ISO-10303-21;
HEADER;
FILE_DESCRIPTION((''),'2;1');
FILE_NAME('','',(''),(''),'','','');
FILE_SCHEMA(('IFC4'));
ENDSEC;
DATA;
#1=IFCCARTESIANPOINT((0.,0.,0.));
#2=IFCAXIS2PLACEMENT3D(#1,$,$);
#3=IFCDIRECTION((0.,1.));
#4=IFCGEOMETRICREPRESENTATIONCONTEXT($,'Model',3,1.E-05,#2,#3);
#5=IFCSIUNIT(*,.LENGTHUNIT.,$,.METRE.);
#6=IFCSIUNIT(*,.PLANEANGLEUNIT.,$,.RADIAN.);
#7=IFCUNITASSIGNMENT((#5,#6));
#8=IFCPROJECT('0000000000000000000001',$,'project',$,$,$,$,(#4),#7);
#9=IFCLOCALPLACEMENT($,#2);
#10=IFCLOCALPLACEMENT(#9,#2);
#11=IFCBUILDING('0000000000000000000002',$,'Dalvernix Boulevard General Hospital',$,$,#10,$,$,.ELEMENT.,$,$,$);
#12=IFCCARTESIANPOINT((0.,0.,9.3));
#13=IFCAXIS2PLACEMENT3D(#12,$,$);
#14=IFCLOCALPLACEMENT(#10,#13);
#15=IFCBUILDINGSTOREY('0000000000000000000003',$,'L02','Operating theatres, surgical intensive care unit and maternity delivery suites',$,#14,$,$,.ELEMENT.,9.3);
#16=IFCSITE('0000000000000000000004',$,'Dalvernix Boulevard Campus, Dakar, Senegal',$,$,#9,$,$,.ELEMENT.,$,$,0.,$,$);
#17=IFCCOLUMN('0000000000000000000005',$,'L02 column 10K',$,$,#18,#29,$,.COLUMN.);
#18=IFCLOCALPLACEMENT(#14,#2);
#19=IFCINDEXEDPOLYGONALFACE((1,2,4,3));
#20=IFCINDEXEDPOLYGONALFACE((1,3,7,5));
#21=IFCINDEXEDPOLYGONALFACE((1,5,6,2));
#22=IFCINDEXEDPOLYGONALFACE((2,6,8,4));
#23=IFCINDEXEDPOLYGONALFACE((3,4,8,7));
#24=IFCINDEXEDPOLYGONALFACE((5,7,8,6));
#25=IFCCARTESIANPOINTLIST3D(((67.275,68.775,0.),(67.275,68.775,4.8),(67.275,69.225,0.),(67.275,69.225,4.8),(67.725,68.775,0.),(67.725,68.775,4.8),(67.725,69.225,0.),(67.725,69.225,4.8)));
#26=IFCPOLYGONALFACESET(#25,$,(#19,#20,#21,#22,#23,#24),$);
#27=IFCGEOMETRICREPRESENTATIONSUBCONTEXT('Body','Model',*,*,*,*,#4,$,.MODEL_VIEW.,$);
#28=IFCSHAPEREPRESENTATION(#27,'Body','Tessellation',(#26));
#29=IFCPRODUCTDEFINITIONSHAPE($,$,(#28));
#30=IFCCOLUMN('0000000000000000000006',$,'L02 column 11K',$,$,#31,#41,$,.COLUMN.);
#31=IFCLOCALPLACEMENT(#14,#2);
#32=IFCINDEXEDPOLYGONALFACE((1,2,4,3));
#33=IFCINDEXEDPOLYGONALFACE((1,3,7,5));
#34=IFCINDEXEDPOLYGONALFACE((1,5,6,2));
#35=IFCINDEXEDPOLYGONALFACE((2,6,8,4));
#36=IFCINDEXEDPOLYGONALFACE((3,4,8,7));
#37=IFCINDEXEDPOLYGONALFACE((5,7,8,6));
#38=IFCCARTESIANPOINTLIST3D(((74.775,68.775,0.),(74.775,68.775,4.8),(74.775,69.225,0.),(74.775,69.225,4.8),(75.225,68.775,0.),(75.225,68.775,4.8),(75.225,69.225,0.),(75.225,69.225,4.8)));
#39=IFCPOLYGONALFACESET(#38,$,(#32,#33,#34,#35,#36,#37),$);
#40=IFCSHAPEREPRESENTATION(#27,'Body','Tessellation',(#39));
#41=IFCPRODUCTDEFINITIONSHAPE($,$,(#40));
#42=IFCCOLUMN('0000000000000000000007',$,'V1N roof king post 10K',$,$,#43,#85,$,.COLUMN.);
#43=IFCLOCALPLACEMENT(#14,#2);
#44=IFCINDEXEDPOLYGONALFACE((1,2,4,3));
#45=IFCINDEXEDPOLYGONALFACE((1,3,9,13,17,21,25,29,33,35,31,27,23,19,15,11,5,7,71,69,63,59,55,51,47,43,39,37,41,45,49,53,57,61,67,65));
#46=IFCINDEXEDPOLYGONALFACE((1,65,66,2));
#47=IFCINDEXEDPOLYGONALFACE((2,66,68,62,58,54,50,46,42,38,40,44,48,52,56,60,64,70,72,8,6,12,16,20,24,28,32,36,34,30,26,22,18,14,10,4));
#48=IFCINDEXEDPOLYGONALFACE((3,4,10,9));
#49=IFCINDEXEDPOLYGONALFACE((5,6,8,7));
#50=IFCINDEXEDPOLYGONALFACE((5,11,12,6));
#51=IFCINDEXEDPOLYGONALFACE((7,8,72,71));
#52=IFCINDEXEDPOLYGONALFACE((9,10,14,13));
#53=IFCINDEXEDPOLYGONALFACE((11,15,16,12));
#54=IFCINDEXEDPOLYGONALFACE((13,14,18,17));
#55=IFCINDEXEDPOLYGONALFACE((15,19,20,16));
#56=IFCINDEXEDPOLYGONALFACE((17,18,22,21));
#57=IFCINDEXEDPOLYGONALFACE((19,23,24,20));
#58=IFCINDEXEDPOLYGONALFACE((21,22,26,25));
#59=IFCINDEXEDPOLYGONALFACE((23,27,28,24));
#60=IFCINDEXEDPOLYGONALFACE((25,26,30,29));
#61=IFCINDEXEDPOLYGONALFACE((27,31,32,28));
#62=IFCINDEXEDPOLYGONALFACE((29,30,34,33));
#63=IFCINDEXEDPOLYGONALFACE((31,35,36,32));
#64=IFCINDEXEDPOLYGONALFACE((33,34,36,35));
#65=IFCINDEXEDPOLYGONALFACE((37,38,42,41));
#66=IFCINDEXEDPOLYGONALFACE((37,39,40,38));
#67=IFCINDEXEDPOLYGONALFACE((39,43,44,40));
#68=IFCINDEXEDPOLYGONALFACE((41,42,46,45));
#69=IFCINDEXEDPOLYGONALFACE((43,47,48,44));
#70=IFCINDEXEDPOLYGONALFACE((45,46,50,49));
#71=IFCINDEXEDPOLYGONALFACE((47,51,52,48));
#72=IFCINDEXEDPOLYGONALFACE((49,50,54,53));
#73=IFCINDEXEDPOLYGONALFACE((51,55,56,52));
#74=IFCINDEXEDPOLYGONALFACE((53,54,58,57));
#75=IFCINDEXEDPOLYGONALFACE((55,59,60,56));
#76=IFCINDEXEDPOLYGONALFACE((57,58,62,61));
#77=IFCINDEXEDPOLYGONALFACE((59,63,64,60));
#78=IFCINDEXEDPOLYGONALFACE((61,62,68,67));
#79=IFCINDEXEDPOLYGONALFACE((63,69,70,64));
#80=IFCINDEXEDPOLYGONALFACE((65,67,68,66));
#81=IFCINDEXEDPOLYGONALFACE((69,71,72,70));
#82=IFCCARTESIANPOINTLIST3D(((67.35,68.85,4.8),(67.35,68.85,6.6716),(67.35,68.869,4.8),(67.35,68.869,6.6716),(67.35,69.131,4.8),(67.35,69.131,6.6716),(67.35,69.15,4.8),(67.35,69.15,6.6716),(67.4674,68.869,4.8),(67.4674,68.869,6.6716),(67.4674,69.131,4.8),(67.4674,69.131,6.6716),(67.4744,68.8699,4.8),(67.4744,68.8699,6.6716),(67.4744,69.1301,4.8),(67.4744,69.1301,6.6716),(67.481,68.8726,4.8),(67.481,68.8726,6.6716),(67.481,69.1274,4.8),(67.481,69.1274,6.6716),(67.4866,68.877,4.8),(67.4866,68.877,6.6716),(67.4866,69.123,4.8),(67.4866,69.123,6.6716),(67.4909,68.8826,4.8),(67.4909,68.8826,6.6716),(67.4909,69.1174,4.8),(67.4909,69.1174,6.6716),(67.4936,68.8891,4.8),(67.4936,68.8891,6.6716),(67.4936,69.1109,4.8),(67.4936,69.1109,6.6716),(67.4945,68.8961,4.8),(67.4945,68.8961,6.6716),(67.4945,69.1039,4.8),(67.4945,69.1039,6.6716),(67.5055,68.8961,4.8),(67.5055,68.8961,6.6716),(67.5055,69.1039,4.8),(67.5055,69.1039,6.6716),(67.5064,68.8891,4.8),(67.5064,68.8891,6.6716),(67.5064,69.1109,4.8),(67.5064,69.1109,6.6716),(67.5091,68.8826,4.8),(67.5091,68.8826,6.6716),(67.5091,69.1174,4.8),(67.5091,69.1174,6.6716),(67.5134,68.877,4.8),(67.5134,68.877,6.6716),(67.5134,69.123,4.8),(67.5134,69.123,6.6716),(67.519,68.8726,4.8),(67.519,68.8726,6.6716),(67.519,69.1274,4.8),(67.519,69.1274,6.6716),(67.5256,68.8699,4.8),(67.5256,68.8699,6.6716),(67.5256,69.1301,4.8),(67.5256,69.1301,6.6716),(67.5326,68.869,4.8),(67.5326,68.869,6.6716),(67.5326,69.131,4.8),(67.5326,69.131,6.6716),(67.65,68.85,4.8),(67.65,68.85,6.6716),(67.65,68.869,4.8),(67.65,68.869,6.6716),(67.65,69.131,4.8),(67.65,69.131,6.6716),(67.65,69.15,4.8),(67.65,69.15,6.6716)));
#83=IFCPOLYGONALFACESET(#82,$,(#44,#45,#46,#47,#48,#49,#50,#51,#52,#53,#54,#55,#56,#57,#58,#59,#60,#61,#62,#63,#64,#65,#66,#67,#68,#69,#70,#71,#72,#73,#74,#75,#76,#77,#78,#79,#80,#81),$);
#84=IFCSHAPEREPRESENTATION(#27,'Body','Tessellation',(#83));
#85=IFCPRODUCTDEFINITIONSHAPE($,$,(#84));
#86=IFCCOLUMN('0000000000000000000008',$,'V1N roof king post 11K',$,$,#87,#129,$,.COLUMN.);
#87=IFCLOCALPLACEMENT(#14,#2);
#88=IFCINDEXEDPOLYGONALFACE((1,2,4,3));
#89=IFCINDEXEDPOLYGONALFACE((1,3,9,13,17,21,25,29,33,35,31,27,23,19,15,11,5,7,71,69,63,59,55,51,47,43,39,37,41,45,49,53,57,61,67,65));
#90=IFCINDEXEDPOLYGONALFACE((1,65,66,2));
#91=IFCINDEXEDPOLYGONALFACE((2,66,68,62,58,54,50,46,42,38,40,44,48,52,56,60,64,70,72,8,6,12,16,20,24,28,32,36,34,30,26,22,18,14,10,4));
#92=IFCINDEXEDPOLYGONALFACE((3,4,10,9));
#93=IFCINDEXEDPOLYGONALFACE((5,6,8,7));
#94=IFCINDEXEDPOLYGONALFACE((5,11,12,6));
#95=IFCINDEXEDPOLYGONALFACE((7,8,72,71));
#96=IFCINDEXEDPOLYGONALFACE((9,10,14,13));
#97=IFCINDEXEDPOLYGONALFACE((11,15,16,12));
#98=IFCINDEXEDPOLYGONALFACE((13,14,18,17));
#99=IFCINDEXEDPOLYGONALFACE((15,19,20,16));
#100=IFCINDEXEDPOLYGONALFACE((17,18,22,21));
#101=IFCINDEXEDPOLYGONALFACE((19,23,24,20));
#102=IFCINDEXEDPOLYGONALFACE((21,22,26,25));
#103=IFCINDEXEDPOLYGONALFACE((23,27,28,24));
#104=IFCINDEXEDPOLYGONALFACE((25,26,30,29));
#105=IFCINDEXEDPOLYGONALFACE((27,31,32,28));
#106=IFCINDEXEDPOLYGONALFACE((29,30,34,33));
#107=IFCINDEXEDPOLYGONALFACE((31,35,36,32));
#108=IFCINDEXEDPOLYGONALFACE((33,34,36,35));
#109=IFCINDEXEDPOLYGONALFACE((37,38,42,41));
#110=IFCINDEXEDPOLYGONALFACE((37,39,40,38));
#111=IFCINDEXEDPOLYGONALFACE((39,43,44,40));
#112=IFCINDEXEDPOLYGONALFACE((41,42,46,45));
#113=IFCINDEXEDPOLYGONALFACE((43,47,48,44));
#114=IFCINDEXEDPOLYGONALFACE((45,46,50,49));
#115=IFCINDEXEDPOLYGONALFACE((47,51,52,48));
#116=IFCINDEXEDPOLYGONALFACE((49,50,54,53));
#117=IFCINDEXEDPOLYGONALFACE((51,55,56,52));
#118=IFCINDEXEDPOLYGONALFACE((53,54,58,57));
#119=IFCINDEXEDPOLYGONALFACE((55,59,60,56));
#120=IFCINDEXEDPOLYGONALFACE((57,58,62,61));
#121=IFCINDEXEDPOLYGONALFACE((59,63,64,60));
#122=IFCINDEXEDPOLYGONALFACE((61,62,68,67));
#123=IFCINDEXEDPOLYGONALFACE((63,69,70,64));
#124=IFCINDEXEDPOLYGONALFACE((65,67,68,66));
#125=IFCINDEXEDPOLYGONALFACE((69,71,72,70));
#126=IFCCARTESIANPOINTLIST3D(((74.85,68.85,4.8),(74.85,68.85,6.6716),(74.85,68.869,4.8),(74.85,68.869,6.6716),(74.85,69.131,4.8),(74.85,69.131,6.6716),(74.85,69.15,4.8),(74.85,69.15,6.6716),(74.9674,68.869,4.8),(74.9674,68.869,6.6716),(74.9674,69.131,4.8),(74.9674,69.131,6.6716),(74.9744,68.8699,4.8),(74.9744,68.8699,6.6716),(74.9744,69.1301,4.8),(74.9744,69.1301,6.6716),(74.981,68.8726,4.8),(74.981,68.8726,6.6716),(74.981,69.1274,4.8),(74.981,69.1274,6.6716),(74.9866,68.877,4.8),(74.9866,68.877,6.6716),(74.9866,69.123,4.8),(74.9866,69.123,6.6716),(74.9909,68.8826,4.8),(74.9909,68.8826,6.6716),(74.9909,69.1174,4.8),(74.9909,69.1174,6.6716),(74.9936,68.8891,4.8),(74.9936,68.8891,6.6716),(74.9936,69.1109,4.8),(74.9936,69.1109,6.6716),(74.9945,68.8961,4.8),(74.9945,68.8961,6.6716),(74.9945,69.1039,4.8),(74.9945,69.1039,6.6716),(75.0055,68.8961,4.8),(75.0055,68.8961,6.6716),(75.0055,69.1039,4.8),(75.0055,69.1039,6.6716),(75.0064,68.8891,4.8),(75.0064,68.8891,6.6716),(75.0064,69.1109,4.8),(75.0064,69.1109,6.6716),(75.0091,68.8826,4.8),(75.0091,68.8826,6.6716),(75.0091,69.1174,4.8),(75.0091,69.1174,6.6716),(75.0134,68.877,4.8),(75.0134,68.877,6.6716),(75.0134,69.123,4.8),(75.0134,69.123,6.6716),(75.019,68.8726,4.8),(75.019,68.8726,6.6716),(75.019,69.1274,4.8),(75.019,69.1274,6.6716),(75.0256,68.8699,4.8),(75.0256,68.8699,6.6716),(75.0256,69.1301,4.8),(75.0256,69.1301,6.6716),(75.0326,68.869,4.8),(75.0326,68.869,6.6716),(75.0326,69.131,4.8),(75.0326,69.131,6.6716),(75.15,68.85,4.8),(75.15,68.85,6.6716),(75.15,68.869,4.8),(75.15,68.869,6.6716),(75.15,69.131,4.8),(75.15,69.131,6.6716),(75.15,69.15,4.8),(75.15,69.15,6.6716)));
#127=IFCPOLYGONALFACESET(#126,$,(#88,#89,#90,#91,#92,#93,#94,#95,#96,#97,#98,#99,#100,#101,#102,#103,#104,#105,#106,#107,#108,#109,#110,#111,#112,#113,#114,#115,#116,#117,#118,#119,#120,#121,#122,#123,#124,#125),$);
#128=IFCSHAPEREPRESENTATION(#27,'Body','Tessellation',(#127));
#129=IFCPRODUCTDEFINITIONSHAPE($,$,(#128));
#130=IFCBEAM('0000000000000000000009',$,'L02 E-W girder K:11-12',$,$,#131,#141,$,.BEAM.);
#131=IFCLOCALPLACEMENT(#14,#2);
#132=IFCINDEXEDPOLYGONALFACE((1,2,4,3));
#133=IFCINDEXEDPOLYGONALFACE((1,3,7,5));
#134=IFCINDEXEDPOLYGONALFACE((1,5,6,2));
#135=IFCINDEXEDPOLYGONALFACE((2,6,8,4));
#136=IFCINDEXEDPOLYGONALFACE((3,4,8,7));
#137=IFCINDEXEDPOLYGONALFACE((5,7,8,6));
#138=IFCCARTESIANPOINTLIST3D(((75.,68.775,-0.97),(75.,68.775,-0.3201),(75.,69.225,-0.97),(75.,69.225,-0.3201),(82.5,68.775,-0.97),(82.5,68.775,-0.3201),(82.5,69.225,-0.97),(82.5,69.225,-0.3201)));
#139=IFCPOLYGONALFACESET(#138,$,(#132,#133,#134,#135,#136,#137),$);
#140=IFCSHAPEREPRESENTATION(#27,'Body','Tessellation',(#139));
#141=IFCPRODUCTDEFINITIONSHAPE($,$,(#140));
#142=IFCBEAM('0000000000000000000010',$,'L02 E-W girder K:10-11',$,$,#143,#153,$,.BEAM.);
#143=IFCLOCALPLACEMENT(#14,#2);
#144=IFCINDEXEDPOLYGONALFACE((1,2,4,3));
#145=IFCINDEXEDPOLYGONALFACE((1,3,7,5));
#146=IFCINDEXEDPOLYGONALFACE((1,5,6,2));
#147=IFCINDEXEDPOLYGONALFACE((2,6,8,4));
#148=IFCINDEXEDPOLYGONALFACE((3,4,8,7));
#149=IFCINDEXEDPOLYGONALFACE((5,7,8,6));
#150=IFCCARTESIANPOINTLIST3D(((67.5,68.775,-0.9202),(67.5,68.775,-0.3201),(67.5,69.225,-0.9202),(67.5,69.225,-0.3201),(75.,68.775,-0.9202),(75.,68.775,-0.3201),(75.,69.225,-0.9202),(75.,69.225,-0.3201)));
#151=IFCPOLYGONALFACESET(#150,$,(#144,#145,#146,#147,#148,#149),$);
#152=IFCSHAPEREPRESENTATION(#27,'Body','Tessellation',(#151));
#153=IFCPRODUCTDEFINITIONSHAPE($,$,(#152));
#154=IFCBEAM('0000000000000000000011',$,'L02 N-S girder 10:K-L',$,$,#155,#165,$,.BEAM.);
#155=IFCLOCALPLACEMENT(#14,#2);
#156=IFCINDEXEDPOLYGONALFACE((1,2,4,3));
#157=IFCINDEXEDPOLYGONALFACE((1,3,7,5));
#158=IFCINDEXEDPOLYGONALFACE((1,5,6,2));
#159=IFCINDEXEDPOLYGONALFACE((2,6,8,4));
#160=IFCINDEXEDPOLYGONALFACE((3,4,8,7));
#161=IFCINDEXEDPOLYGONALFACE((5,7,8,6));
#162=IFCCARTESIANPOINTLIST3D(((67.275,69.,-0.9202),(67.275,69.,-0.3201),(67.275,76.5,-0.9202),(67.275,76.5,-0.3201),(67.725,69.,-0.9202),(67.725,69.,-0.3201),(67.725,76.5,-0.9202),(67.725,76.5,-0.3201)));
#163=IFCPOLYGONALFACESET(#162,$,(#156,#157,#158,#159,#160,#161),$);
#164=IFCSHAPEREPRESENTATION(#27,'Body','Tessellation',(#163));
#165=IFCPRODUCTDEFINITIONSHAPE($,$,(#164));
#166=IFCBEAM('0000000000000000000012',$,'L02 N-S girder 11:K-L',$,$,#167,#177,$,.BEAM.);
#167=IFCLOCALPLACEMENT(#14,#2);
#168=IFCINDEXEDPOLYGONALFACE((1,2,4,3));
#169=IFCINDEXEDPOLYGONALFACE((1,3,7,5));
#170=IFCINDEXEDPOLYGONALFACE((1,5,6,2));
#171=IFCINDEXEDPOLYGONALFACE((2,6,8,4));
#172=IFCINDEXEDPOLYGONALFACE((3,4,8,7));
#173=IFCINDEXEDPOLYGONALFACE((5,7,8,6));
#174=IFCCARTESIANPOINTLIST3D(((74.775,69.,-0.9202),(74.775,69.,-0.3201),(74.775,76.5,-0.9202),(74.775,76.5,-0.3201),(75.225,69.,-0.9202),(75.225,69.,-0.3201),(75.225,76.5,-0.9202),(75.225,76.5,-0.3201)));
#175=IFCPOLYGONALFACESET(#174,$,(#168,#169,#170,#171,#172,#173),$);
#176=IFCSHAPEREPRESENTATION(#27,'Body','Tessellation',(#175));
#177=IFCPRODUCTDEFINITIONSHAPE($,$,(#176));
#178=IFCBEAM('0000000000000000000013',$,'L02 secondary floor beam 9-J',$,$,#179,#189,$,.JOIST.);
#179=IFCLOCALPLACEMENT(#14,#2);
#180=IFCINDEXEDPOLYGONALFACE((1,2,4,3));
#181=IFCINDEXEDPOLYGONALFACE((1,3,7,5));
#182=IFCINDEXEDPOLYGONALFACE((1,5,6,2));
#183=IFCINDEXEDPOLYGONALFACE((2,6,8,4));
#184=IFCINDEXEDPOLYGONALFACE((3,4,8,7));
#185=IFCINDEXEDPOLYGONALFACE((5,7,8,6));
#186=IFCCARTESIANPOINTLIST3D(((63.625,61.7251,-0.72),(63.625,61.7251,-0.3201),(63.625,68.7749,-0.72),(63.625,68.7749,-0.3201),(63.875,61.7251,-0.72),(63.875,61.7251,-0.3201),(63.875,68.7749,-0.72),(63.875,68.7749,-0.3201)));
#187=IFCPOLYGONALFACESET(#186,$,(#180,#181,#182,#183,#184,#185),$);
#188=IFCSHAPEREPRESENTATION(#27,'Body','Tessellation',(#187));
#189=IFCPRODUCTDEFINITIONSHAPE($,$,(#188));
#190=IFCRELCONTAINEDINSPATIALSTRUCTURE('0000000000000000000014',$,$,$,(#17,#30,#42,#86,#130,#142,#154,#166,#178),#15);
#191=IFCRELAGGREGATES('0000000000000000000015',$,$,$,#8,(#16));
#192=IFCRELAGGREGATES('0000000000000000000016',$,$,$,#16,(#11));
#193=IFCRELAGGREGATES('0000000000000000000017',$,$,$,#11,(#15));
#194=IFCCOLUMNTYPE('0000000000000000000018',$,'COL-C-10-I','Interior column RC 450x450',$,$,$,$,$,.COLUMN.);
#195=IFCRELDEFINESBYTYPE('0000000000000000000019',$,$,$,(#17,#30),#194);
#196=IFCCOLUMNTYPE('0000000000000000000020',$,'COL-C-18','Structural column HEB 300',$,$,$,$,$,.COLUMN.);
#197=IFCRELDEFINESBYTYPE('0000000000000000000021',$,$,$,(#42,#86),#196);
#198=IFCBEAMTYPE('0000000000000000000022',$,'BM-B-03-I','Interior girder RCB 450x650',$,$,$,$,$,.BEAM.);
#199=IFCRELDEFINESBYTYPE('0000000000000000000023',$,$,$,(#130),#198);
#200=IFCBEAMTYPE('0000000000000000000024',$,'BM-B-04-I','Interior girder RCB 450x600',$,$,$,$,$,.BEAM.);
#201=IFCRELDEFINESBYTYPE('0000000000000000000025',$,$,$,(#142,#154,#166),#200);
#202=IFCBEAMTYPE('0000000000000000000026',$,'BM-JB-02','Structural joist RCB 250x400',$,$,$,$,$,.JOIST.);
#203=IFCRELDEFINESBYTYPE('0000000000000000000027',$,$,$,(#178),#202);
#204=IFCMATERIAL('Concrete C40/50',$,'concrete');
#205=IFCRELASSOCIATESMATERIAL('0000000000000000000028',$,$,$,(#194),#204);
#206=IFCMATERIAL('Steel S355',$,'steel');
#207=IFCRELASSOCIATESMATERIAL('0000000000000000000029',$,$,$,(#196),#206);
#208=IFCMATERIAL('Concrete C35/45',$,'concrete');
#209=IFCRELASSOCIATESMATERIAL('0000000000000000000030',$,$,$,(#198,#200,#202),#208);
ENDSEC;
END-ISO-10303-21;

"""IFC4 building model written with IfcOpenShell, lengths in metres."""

from ifc_helpers import new_model, si_unit, direction, frame, origin, origin_2d, place, context, subcontext, project, spatial, rectangle, i_section, extrude, material, material_profile, profile_set, type_object, element, save


model = new_model("IFC4")

# Units and contexts
model_context = context("Model", 3, precision=1e-05, world=origin(), true_north=direction((0.0, 1.0)))
body_context = subcontext(model_context, "Body", "Model", "MODEL_VIEW")
ifc_project = project(units=[si_unit("LENGTHUNIT", "METRE"), si_unit("PLANEANGLEUNIT", "RADIAN")], contexts=[model_context])

# Site, building, storey
site_placement = place(None, origin())
site = spatial("IfcSite", under=ifc_project, at=site_placement, Name="Dalvernix Boulevard Campus, Dakar, Senegal", CompositionType="ELEMENT", RefElevation=0.0)
building_placement = place(site_placement, origin())
building = spatial("IfcBuilding", under=site, at=building_placement, Name="Dalvernix Boulevard General Hospital", CompositionType="ELEMENT")
storey_placement = place(building_placement, frame((0.0, 0.0, 9.3)))
storey = spatial("IfcBuildingStorey", under=building, at=storey_placement, Name="L02", Description="Operating theatres, surgical intensive care unit and maternity delivery suites", CompositionType="ELEMENT", Elevation=9.3)

# Columns
ifc_material_1 = material(Name="Concrete C40/50", Category="concrete")
ifc_material_profile_1 = material_profile(ifc_material_1, rectangle(XDim=0.45, YDim=0.45, at=origin_2d()), Name="RC 450x450")
ifc_profile_set_1 = profile_set([ifc_material_profile_1], Name="Concrete C40/50")
column_type_1 = type_object("IfcColumnType", Name="COL-C-10-I", Description="Interior column RC 450x450", PredefinedType="COLUMN", material=ifc_profile_set_1)
for number, where, z_axis, x_axis, name in (
    (1, (67.5, 69.0, 0.0), (0.0, 0.0, 1.0), (1.0, 0.0, 0.0), "L02 column 10K"),
    (2, (75.0, 69.0, 0.0), (0.0, 0.0, 1.0), (1.0, 0.0, 0.0), "L02 column 11K"),
):
    element("IfcColumn", number, at=place(storey_placement, frame(where, z_axis=z_axis, x_axis=x_axis)), inside=storey, type_object=column_type_1, Name=name, PredefinedType="COLUMN", context=body_context, shape_type="SweptSolid", body=[
        extrude(rectangle(XDim=0.45, YDim=0.45, at=origin_2d()), origin(), (0.0, 0.0, 1.0), 4.8),
    ])
ifc_material_2 = material(Name="Steel S355", Category="steel")
ifc_material_profile_2 = material_profile(ifc_material_2, i_section(OverallWidth=0.3, OverallDepth=0.3, WebThickness=0.011, FlangeThickness=0.019, FilletRadius=0.0271, at=origin_2d()), Name="HEB 300")
ifc_profile_set_2 = profile_set([ifc_material_profile_2], Name="Steel S355")
column_type_2 = type_object("IfcColumnType", Name="COL-C-18", Description="Structural column HEB 300", PredefinedType="COLUMN", material=ifc_profile_set_2)
for number, where, z_axis, x_axis, name in (
    (3, (67.5, 69.0, 4.8), (0.0, 0.0, 1.0), (1.0, 0.0, 0.0), "V1N roof king post 10K"),
    (4, (75.0, 69.0, 4.8), (0.0, 0.0, 1.0), (1.0, 0.0, 0.0), "V1N roof king post 11K"),
):
    element("IfcColumn", number, at=place(storey_placement, frame(where, z_axis=z_axis, x_axis=x_axis)), inside=storey, type_object=column_type_2, Name=name, PredefinedType="COLUMN", context=body_context, shape_type="SweptSolid", body=[
        extrude(i_section(OverallWidth=0.3, OverallDepth=0.3, WebThickness=0.011, FlangeThickness=0.019, FilletRadius=0.0271, at=origin_2d()), origin(), (0.0, 0.0, 1.0), 1.8716),
    ])

# Beams
ifc_material_3 = material(Name="Concrete C35/45", Category="concrete")
ifc_material_profile_3 = material_profile(ifc_material_3, rectangle(XDim=0.45, YDim=0.6499, at=origin_2d()), Name="RCB 450x650")
ifc_profile_set_3 = profile_set([ifc_material_profile_3], Name="Concrete C35/45")
beam_type_1 = type_object("IfcBeamType", Name="BM-B-03-I", Description="Interior girder RCB 450x650", PredefinedType="BEAM", material=ifc_profile_set_3)
beam_1_placement = place(storey_placement, frame((75.0, 69.0, -0.645), z_axis=(1.0, 0.0, 0.0), x_axis=(0.0, 1.0, 0.0)))
element("IfcBeam", 5, at=beam_1_placement, inside=storey, type_object=beam_type_1, Name="L02 E-W girder K:11-12", PredefinedType="BEAM", context=body_context, shape_type="SweptSolid", body=[
    extrude(rectangle(XDim=0.45, YDim=0.6499, at=origin_2d()), origin(), (0.0, 0.0, 1.0), 7.5),
])
ifc_material_profile_4 = material_profile(ifc_material_3, rectangle(XDim=0.45, YDim=0.6001, at=origin_2d()), Name="RCB 450x600")
ifc_profile_set_4 = profile_set([ifc_material_profile_4], Name="Concrete C35/45")
beam_type_2 = type_object("IfcBeamType", Name="BM-B-04-I", Description="Interior girder RCB 450x600", PredefinedType="BEAM", material=ifc_profile_set_4)
for number, where, z_axis, x_axis, name in (
    (6, (67.5, 69.0, -0.6201), (1.0, 0.0, 0.0), (0.0, 1.0, 0.0), "L02 E-W girder K:10-11"),
    (7, (67.5, 69.0, -0.6201), (0.0, 1.0, 0.0), (-1.0, 0.0, 0.0), "L02 N-S girder 10:K-L"),
    (8, (75.0, 69.0, -0.6201), (0.0, 1.0, 0.0), (-1.0, 0.0, 0.0), "L02 N-S girder 11:K-L"),
):
    element("IfcBeam", number, at=place(storey_placement, frame(where, z_axis=z_axis, x_axis=x_axis)), inside=storey, type_object=beam_type_2, Name=name, PredefinedType="BEAM", context=body_context, shape_type="SweptSolid", body=[
        extrude(rectangle(XDim=0.45, YDim=0.6001, at=origin_2d()), origin(), (0.0, 0.0, 1.0), 7.5),
    ])
ifc_material_profile_5 = material_profile(ifc_material_3, rectangle(XDim=0.25, YDim=0.3999, at=origin_2d()), Name="RCB 250x400")
ifc_profile_set_5 = profile_set([ifc_material_profile_5], Name="Concrete C35/45")
beam_type_3 = type_object("IfcBeamType", Name="BM-JB-02", Description="Structural joist RCB 250x400", PredefinedType="JOIST", material=ifc_profile_set_5)
beam_2_placement = place(storey_placement, frame((63.75, 61.7251, -0.52), z_axis=(0.0, 1.0, 0.0), x_axis=(-1.0, 0.0, 0.0)))
element("IfcBeam", 9, at=beam_2_placement, inside=storey, type_object=beam_type_3, Name="L02 secondary floor beam 9-J", PredefinedType="JOIST", context=body_context, shape_type="SweptSolid", body=[
    extrude(rectangle(XDim=0.25, YDim=0.3999, at=origin_2d()), origin(), (0.0, 0.0, 1.0), 7.0498),
])

save(model, "model.ifc")
